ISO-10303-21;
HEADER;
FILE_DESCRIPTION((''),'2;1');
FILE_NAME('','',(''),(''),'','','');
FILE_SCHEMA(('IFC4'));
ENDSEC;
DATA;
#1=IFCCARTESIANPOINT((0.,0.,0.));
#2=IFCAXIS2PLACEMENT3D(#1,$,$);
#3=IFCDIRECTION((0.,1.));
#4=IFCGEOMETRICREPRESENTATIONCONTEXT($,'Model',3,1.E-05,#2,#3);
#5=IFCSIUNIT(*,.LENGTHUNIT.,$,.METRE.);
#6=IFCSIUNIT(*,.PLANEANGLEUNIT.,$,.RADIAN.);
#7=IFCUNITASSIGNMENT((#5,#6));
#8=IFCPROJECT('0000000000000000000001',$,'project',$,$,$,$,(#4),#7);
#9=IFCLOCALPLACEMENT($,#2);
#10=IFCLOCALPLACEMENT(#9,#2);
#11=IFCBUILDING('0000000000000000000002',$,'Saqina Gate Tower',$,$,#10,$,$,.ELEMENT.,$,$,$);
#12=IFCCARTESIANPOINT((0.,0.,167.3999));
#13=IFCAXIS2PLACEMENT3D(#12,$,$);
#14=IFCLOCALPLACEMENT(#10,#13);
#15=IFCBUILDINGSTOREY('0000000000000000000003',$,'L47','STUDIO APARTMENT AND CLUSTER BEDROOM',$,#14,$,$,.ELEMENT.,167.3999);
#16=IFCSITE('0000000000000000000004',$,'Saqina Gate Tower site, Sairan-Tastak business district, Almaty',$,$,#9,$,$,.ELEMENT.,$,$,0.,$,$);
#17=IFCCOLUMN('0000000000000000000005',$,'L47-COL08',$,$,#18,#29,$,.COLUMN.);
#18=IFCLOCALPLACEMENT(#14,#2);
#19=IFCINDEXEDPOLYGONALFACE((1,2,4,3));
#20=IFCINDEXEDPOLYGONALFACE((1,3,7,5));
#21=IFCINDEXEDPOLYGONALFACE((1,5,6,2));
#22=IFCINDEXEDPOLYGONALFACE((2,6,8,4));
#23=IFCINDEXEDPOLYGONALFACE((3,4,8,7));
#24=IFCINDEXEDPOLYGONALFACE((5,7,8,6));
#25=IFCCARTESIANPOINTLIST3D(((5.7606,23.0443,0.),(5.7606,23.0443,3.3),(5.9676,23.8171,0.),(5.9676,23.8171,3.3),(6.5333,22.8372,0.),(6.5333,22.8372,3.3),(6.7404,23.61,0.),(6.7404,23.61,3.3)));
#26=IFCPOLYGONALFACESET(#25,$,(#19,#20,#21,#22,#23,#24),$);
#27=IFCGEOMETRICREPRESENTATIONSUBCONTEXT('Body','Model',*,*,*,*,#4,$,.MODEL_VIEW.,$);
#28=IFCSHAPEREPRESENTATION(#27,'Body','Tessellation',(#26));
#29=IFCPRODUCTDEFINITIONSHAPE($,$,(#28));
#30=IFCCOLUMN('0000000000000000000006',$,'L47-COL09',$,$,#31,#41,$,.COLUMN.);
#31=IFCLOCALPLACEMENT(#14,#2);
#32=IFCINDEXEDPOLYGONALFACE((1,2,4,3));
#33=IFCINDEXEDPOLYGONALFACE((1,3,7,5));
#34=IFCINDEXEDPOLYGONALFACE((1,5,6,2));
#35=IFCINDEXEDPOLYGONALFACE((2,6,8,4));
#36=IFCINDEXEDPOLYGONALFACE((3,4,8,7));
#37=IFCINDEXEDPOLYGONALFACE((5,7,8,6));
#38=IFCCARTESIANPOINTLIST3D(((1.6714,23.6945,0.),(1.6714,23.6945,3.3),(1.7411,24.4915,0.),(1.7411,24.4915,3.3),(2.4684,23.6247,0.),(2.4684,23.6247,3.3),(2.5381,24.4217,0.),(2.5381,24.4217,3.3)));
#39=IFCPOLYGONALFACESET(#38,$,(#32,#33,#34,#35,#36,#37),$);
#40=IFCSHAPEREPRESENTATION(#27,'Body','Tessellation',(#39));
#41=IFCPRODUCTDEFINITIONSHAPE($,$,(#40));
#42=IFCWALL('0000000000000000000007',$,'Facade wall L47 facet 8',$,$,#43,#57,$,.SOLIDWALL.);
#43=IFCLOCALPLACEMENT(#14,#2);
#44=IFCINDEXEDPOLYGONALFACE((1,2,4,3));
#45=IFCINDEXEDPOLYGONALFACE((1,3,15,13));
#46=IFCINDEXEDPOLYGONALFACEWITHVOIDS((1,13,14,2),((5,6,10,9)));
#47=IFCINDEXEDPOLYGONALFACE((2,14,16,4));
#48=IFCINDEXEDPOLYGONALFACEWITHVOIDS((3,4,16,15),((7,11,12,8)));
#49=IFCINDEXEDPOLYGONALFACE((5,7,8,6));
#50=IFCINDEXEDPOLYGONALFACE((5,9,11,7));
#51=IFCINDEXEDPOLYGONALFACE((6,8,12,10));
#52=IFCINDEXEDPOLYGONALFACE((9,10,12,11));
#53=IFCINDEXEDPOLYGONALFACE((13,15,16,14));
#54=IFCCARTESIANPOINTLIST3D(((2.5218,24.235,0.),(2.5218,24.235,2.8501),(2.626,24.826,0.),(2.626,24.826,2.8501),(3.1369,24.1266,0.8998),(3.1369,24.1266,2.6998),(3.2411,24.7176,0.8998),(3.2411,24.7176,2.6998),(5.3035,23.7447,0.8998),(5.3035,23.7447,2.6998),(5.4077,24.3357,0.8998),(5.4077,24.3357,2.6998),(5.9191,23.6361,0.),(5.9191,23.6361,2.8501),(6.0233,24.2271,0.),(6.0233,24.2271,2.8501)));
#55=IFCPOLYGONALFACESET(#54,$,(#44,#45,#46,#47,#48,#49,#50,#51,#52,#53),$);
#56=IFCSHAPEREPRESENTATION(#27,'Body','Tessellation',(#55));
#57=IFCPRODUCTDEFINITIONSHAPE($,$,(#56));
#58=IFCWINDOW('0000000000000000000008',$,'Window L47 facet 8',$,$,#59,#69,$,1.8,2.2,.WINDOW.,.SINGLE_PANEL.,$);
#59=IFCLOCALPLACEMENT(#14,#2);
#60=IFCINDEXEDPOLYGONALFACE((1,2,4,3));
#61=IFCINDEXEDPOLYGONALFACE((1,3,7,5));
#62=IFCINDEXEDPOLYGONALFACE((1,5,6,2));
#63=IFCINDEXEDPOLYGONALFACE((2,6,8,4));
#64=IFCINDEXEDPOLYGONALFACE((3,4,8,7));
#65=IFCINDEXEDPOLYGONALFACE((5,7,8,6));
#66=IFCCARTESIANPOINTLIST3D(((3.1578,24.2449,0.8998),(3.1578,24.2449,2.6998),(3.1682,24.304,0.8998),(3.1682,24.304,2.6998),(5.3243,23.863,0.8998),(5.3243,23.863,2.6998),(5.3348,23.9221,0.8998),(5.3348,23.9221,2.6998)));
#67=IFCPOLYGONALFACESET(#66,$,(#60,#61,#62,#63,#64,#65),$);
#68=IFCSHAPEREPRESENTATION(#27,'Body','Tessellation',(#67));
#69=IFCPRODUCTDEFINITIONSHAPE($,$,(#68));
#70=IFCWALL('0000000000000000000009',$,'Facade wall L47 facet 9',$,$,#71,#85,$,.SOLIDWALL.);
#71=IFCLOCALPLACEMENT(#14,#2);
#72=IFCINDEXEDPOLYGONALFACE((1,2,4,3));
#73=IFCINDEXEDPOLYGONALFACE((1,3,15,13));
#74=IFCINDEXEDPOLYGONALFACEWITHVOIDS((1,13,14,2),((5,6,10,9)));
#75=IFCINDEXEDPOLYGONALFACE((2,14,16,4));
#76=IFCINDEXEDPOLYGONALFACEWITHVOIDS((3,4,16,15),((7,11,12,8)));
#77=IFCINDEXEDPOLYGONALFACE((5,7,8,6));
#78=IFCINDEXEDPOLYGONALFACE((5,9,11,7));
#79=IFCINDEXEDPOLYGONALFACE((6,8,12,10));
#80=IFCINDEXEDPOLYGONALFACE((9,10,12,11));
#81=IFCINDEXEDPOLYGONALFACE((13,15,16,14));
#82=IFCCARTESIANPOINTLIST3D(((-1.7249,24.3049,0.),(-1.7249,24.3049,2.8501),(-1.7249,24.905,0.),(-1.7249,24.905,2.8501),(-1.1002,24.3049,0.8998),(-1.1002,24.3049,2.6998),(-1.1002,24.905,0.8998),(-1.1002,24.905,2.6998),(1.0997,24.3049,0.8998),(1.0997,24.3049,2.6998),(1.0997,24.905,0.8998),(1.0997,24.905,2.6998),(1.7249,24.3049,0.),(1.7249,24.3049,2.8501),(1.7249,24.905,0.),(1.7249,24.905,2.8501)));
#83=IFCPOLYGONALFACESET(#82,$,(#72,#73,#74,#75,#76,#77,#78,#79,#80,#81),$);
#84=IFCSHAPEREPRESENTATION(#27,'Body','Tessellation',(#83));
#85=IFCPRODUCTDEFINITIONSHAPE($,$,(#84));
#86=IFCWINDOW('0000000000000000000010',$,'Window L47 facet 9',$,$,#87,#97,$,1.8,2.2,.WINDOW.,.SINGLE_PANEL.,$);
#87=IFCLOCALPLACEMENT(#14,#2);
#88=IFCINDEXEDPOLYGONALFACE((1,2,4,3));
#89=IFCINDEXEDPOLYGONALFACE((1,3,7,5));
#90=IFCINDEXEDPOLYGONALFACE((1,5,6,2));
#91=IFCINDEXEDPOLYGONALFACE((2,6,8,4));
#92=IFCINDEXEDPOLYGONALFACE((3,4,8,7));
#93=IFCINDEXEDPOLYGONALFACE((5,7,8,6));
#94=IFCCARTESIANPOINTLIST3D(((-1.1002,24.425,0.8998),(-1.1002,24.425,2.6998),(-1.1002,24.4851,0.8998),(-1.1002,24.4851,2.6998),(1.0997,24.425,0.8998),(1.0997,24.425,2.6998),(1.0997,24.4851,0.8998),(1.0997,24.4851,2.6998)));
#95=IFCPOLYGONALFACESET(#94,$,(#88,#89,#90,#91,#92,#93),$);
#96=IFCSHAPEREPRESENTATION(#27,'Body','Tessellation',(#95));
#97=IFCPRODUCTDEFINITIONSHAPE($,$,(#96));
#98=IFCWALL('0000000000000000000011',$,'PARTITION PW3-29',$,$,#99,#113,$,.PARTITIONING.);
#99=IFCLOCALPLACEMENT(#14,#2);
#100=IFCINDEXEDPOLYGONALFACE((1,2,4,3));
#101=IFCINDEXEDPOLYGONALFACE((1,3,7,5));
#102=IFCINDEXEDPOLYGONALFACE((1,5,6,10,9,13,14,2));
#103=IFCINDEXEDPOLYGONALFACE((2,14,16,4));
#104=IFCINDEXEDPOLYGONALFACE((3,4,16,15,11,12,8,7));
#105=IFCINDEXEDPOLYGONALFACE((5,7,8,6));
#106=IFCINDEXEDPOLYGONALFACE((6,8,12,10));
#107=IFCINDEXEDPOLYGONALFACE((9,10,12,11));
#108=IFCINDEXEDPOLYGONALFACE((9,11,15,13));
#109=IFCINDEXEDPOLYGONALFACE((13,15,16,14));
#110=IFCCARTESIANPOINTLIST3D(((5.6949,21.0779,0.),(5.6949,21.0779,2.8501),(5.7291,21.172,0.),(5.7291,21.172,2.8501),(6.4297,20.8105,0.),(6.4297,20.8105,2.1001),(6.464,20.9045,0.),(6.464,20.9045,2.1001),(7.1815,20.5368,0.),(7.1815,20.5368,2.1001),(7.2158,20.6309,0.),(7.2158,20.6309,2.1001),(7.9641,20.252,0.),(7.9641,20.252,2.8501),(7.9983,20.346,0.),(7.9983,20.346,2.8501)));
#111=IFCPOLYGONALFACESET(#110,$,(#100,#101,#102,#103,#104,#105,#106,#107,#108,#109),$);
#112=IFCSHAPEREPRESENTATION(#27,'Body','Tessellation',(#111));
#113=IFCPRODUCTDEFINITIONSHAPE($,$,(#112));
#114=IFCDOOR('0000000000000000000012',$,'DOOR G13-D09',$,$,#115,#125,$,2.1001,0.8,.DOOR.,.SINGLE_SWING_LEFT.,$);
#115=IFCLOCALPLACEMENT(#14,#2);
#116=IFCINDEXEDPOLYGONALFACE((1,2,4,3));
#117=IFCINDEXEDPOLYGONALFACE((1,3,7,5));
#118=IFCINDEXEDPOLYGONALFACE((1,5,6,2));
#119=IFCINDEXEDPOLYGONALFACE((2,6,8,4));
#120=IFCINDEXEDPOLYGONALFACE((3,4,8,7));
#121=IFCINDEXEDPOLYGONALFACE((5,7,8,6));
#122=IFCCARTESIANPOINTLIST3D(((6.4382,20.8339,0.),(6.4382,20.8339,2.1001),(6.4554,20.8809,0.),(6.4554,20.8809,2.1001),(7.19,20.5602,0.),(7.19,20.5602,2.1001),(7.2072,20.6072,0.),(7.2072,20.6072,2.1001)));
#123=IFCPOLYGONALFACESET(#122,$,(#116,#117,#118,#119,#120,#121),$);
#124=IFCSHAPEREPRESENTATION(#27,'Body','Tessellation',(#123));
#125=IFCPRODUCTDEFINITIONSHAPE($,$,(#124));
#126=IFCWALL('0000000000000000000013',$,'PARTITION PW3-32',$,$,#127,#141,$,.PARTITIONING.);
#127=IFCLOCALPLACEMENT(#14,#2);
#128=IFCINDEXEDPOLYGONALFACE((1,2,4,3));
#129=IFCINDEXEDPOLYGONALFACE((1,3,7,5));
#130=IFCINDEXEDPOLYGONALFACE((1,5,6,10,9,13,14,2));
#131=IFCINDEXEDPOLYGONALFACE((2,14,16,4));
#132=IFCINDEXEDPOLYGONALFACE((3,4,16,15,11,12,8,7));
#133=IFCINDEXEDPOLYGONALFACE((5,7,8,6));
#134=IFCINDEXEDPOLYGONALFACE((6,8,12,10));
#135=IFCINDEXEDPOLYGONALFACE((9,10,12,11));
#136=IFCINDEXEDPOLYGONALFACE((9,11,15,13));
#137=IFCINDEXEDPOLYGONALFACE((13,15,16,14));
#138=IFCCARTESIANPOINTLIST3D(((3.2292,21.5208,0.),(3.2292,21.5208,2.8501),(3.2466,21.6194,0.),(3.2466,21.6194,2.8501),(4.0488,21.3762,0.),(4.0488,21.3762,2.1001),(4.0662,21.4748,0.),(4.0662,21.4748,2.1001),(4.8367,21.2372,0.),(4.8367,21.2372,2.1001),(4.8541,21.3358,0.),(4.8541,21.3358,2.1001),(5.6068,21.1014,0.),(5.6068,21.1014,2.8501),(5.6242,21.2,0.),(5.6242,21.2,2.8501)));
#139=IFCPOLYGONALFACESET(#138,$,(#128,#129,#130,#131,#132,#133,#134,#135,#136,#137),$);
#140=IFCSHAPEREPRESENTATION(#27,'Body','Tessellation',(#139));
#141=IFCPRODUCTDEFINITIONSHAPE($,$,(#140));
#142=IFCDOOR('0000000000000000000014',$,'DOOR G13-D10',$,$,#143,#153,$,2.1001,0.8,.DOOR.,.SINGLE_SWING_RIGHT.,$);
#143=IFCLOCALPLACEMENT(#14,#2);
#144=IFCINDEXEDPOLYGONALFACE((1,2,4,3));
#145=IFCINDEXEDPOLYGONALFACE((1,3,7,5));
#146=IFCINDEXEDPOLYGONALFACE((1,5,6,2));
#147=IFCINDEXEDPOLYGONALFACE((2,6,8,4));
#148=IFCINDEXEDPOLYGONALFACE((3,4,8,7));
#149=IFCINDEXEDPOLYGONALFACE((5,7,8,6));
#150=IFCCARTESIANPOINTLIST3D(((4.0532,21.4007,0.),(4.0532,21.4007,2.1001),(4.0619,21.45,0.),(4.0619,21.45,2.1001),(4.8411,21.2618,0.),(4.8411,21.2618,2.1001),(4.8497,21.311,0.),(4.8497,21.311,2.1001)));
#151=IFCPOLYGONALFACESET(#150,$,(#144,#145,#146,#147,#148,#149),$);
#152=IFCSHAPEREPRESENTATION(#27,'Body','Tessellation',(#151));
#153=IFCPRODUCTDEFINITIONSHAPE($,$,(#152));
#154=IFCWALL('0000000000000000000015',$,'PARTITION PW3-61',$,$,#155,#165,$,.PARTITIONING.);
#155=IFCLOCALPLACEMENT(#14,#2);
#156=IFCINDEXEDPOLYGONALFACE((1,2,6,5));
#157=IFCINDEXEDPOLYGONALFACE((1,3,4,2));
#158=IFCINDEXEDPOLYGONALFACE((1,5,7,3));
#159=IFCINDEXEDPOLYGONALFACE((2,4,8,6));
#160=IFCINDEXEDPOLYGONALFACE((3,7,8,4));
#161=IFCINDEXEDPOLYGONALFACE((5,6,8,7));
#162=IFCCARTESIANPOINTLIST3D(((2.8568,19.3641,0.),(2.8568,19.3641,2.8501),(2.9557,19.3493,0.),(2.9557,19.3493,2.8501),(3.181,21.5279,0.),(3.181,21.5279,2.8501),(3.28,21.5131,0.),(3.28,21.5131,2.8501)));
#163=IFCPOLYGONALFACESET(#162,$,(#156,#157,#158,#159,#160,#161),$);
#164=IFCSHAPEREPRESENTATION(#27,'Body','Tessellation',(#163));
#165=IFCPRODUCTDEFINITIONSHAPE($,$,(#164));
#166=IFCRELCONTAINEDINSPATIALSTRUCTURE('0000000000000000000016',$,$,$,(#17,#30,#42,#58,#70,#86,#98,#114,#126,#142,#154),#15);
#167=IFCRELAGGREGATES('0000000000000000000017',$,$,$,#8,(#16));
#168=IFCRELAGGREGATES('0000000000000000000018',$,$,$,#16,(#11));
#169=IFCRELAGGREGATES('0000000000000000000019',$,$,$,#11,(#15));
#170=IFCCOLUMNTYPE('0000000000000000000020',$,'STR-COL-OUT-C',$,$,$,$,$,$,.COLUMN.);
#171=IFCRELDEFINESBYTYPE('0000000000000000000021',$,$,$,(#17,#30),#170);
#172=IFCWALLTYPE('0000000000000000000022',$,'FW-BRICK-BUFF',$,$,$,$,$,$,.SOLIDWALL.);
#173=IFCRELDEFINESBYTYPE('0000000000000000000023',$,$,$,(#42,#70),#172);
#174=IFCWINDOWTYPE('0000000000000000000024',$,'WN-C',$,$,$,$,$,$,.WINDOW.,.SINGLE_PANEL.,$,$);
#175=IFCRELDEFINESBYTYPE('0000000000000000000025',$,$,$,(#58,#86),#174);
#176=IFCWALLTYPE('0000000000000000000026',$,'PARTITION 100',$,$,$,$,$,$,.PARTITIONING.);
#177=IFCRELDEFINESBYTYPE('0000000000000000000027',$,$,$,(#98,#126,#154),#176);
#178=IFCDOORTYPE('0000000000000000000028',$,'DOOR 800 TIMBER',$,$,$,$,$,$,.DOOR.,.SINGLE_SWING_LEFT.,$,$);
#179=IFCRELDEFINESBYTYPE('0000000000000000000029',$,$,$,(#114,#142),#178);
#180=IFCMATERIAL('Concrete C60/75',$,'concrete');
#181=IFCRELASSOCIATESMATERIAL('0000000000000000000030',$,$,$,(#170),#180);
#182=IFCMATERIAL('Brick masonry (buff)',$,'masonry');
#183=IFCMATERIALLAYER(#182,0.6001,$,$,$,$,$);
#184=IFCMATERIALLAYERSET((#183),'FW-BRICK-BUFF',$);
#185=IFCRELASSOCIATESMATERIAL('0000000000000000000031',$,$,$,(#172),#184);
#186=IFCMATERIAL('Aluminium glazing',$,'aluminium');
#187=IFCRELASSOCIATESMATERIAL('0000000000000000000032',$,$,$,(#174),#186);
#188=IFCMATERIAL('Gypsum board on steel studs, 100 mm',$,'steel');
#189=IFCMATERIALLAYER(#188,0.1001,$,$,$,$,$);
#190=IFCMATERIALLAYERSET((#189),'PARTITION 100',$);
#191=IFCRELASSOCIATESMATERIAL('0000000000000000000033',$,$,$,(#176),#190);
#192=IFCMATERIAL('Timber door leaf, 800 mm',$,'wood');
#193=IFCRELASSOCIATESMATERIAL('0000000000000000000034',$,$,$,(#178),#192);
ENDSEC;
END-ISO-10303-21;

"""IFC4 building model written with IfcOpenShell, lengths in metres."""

from ifc_helpers import new_model, si_unit, direction, frame, frame_2d, origin, origin_2d, place, context, subcontext, project, spatial, rectangle, extrude, material, layer, layer_set, material_profile, profile_set, type_object, element, fill, save


model = new_model("IFC4")

# Units and contexts
model_context = context("Model", 3, precision=1e-05, world=origin(), true_north=direction((0.0, 1.0)))
body_context = subcontext(model_context, "Body", "Model", "MODEL_VIEW")
ifc_project = project(units=[si_unit("LENGTHUNIT", "METRE"), si_unit("PLANEANGLEUNIT", "RADIAN")], contexts=[model_context])

# Site, building, storey
site_placement = place(None, origin())
site = spatial("IfcSite", under=ifc_project, at=site_placement, Name="Saqina Gate Tower site, Sairan-Tastak business district, Almaty", CompositionType="ELEMENT", RefElevation=0.0)
building_placement = place(site_placement, origin())
building = spatial("IfcBuilding", under=site, at=building_placement, Name="Saqina Gate Tower", CompositionType="ELEMENT")
storey_placement = place(building_placement, frame((0.0, 0.0, 167.3999)))
storey = spatial("IfcBuildingStorey", under=building, at=storey_placement, Name="L47", Description="STUDIO APARTMENT AND CLUSTER BEDROOM", CompositionType="ELEMENT", Elevation=167.3999)

# Columns
ifc_material_1 = material(Name="Concrete C60/75", Category="concrete")
ifc_material_profile = material_profile(ifc_material_1, rectangle(XDim=0.8, YDim=0.8, at=origin_2d()), Name="RC 800x800")
ifc_profile_set = profile_set([ifc_material_profile], Name="Concrete C60/75")
column_type = type_object("IfcColumnType", Name="STR-COL-OUT-C", PredefinedType="COLUMN", material=ifc_profile_set)
for number, where, z_axis, x_axis, name in (
    (1, (6.2505, 23.3271, 0.0), (0.0, 0.0, 1.0), (0.258819, 0.965926, 0.0), "L47-COL08"),
    (2, (2.1047, 24.0581, 0.0), (0.0, 0.0, 1.0), (0.087156, 0.996195, 0.0), "L47-COL09"),
):
    element("IfcColumn", number, at=place(storey_placement, frame(where, z_axis=z_axis, x_axis=x_axis)), inside=storey, type_object=column_type, Name=name, PredefinedType="COLUMN", context=body_context, shape_type="SweptSolid", body=[
        extrude(rectangle(XDim=0.8, YDim=0.8, at=origin_2d()), origin(), (0.0, 0.0, 1.0), 3.3),
    ])

# Walls, openings, windows
ifc_material_2 = material(Name="Brick masonry (buff)", Category="masonry")
ifc_layer_1 = layer(ifc_material_2, 0.6001)
ifc_layer_set_1 = layer_set([ifc_layer_1], Name="FW-BRICK-BUFF")
wall_type_1 = type_object("IfcWallType", Name="FW-BRICK-BUFF", PredefinedType="SOLIDWALL", material=ifc_layer_set_1)
wall_1_placement = place(storey_placement, frame((5.9712, 23.9316, 0.0), z_axis=(0.0, 0.0, 1.0), x_axis=(-0.984815, 0.173608, 0.0)))
wall_1 = element("IfcWall", 3, at=wall_1_placement, inside=storey, type_object=wall_type_1, Name="Facade wall L47 facet 8", PredefinedType="SOLIDWALL", context=body_context, shape_type="SweptSolid", body=[
    extrude(rectangle(XDim=3.4497, YDim=0.6001, at=frame_2d((1.7249, 0.0))), origin(), (0.0, 0.0, 1.0), 2.8501),
])
opening_1_placement = place(wall_1_placement, frame((0.625, 0.0, 0.8999)))
opening_1 = element("IfcOpeningElement", 4, at=opening_1_placement, cuts=wall_1, PredefinedType="OPENING", context=body_context, shape_type="SweptSolid", body=[
    extrude(rectangle(XDim=2.2, YDim=1.8, at=frame_2d((1.1001, 0.8999))), frame((0.0, 0.312, 0.0), z_axis=(0.0, -1.0, 0.0), x_axis=(1.0, 0.0, 0.0)), (0.0, 0.0, 1.0), 0.624),
])
ifc_material_3 = material(Name="Aluminium glazing", Category="aluminium")
window_type = type_object("IfcWindowType", Name="WN-C", PartitioningType="SINGLE_PANEL", PredefinedType="WINDOW", material=ifc_material_3)
window_1_placement = place(opening_1_placement, origin())
window_1 = element("IfcWindow", 5, at=window_1_placement, inside=storey, type_object=window_type, Name="Window L47 facet 8", OverallHeight=1.8, OverallWidth=2.2, PartitioningType="SINGLE_PANEL", PredefinedType="WINDOW", context=body_context, shape_type="SweptSolid", body=[
    extrude(rectangle(XDim=2.2, YDim=1.8, at=frame_2d((1.1001, 0.8999))), frame((0.0, 0.1799, 0.0), z_axis=(0.0, -1.0, 0.0), x_axis=(1.0, 0.0, 0.0)), (0.0, 0.0, 1.0), 0.0601),
])
fill(opening_1, window_1)
wall_2_placement = place(storey_placement, frame((1.7249, 24.605, 0.0), z_axis=(0.0, 0.0, 1.0), x_axis=(-1.0, 0.0, 0.0)))
wall_2 = element("IfcWall", 6, at=wall_2_placement, inside=storey, type_object=wall_type_1, Name="Facade wall L47 facet 9", PredefinedType="SOLIDWALL", context=body_context, shape_type="SweptSolid", body=[
    extrude(rectangle(XDim=3.4497, YDim=0.6001, at=frame_2d((1.7249, 0.0))), origin(), (0.0, 0.0, 1.0), 2.8501),
])
opening_2_placement = place(wall_2_placement, frame((0.625, 0.0, 0.8999)))
opening_2 = element("IfcOpeningElement", 7, at=opening_2_placement, cuts=wall_2, PredefinedType="OPENING", context=body_context, shape_type="SweptSolid", body=[
    extrude(rectangle(XDim=2.2, YDim=1.8, at=frame_2d((1.1001, 0.8999))), frame((0.0, 0.312, 0.0), z_axis=(0.0, -1.0, 0.0), x_axis=(1.0, 0.0, 0.0)), (0.0, 0.0, 1.0), 0.624),
])
window_2_placement = place(opening_2_placement, origin())
window_2 = element("IfcWindow", 8, at=window_2_placement, inside=storey, type_object=window_type, Name="Window L47 facet 9", OverallHeight=1.8, OverallWidth=2.2, PartitioningType="SINGLE_PANEL", PredefinedType="WINDOW", context=body_context, shape_type="SweptSolid", body=[
    extrude(rectangle(XDim=2.2, YDim=1.8, at=frame_2d((1.1001, 0.8999))), frame((0.0, 0.1799, 0.0), z_axis=(0.0, -1.0, 0.0), x_axis=(1.0, 0.0, 0.0)), (0.0, 0.0, 1.0), 0.0601),
])
fill(opening_2, window_2)

# Walls, openings, doors
ifc_material_4 = material(Name="Gypsum board on steel studs, 100 mm", Category="steel")
ifc_layer_2 = layer(ifc_material_4, 0.1001)
ifc_layer_set_2 = layer_set([ifc_layer_2], Name="PARTITION 100")
wall_type_2 = type_object("IfcWallType", Name="PARTITION 100", PredefinedType="PARTITIONING", material=ifc_layer_set_2)
wall_3_placement = place(storey_placement, frame((5.7119, 21.125, 0.0), z_axis=(0.0, 0.0, 1.0), x_axis=(0.939684, -0.342043, 0.0)))
wall_3 = element("IfcWall", 9, at=wall_3_placement, inside=storey, type_object=wall_type_2, Name="PARTITION PW3-29", PredefinedType="PARTITIONING", context=body_context, shape_type="SweptSolid", body=[
    extrude(rectangle(XDim=2.4148, YDim=0.1001, at=frame_2d((1.2075, 0.0))), origin(), (0.0, 0.0, 1.0), 2.8501),
])
opening_3_placement = place(wall_3_placement, frame((0.7822, 0.0, 0.0)))
opening_3 = element("IfcOpeningElement", 10, at=opening_3_placement, cuts=wall_3, PredefinedType="OPENING", context=body_context, shape_type="SweptSolid", body=[
    extrude(rectangle(XDim=0.8, YDim=2.1001, at=frame_2d((0.3999, 1.05))), frame((0.0, 0.062, 0.0), z_axis=(0.0, -1.0, 0.0), x_axis=(1.0, 0.0, 0.0)), (0.0, 0.0, 1.0), 0.124),
])
ifc_material_5 = material(Name="Timber door leaf, 800 mm", Category="wood")
door_type_1 = type_object("IfcDoorType", Name="DOOR 800 TIMBER", OperationType="SINGLE_SWING_LEFT", PredefinedType="DOOR", material=ifc_material_5)
door_1_placement = place(opening_3_placement, origin())
door_1 = element("IfcDoor", 11, at=door_1_placement, inside=storey, type_object=door_type_1, Name="DOOR G13-D09", OperationType="SINGLE_SWING_LEFT", OverallHeight=2.1001, OverallWidth=0.8, PredefinedType="DOOR", context=body_context, shape_type="SweptSolid", body=[
    extrude(rectangle(XDim=0.8, YDim=2.1001, at=frame_2d((0.3999, 1.05))), frame((0.0, 0.0249, 0.0), z_axis=(0.0, -1.0, 0.0), x_axis=(1.0, 0.0, 0.0)), (0.0, 0.0, 1.0), 0.05),
])
fill(opening_3, door_1)
wall_4_placement = place(storey_placement, frame((3.238, 21.5701, 0.0), z_axis=(0.0, 0.0, 1.0), x_axis=(0.984795, -0.173722, 0.0)))
wall_4 = element("IfcWall", 12, at=wall_4_placement, inside=storey, type_object=wall_type_2, Name="PARTITION PW3-32", PredefinedType="PARTITIONING", context=body_context, shape_type="SweptSolid", body=[
    extrude(rectangle(XDim=2.4143, YDim=0.1001, at=frame_2d((1.207, 0.0))), origin(), (0.0, 0.0, 1.0), 2.8501),
])
opening_4_placement = place(wall_4_placement, frame((0.8323, 0.0, 0.0)))
opening_4 = element("IfcOpeningElement", 13, at=opening_4_placement, cuts=wall_4, PredefinedType="OPENING", context=body_context, shape_type="SweptSolid", body=[
    extrude(rectangle(XDim=0.8, YDim=2.1001, at=frame_2d((0.3999, 1.05))), frame((0.0, 0.062, 0.0), z_axis=(0.0, -1.0, 0.0), x_axis=(1.0, 0.0, 0.0)), (0.0, 0.0, 1.0), 0.124),
])
door_2_placement = place(opening_4_placement, origin())
door_2 = element("IfcDoor", 14, at=door_2_placement, inside=storey, type_object=door_type_1, Name="DOOR G13-D10", OperationType="SINGLE_SWING_RIGHT", OverallHeight=2.1001, OverallWidth=0.8, PredefinedType="DOOR", context=body_context, shape_type="SweptSolid", body=[
    extrude(rectangle(XDim=0.8, YDim=2.1001, at=frame_2d((0.3999, 1.05))), frame((0.0, 0.0249, 0.0), z_axis=(0.0, -1.0, 0.0), x_axis=(1.0, 0.0, 0.0)), (0.0, 0.0, 1.0), 0.05),
])
fill(opening_4, door_2)

# Wall
wall_5_placement = place(storey_placement, frame((2.9062, 19.3567, 0.0), z_axis=(0.0, 0.0, 1.0), x_axis=(0.148182, 0.98896, 0.0)))
element("IfcWall", 15, at=wall_5_placement, inside=storey, type_object=wall_type_2, Name="PARTITION PW3-61", PredefinedType="PARTITIONING", context=body_context, shape_type="SweptSolid", body=[
    extrude(rectangle(XDim=2.188, YDim=0.1001, at=frame_2d((1.094, 0.0))), origin(), (0.0, 0.0, 1.0), 2.8501),
])

save(model, "model.ifc")
